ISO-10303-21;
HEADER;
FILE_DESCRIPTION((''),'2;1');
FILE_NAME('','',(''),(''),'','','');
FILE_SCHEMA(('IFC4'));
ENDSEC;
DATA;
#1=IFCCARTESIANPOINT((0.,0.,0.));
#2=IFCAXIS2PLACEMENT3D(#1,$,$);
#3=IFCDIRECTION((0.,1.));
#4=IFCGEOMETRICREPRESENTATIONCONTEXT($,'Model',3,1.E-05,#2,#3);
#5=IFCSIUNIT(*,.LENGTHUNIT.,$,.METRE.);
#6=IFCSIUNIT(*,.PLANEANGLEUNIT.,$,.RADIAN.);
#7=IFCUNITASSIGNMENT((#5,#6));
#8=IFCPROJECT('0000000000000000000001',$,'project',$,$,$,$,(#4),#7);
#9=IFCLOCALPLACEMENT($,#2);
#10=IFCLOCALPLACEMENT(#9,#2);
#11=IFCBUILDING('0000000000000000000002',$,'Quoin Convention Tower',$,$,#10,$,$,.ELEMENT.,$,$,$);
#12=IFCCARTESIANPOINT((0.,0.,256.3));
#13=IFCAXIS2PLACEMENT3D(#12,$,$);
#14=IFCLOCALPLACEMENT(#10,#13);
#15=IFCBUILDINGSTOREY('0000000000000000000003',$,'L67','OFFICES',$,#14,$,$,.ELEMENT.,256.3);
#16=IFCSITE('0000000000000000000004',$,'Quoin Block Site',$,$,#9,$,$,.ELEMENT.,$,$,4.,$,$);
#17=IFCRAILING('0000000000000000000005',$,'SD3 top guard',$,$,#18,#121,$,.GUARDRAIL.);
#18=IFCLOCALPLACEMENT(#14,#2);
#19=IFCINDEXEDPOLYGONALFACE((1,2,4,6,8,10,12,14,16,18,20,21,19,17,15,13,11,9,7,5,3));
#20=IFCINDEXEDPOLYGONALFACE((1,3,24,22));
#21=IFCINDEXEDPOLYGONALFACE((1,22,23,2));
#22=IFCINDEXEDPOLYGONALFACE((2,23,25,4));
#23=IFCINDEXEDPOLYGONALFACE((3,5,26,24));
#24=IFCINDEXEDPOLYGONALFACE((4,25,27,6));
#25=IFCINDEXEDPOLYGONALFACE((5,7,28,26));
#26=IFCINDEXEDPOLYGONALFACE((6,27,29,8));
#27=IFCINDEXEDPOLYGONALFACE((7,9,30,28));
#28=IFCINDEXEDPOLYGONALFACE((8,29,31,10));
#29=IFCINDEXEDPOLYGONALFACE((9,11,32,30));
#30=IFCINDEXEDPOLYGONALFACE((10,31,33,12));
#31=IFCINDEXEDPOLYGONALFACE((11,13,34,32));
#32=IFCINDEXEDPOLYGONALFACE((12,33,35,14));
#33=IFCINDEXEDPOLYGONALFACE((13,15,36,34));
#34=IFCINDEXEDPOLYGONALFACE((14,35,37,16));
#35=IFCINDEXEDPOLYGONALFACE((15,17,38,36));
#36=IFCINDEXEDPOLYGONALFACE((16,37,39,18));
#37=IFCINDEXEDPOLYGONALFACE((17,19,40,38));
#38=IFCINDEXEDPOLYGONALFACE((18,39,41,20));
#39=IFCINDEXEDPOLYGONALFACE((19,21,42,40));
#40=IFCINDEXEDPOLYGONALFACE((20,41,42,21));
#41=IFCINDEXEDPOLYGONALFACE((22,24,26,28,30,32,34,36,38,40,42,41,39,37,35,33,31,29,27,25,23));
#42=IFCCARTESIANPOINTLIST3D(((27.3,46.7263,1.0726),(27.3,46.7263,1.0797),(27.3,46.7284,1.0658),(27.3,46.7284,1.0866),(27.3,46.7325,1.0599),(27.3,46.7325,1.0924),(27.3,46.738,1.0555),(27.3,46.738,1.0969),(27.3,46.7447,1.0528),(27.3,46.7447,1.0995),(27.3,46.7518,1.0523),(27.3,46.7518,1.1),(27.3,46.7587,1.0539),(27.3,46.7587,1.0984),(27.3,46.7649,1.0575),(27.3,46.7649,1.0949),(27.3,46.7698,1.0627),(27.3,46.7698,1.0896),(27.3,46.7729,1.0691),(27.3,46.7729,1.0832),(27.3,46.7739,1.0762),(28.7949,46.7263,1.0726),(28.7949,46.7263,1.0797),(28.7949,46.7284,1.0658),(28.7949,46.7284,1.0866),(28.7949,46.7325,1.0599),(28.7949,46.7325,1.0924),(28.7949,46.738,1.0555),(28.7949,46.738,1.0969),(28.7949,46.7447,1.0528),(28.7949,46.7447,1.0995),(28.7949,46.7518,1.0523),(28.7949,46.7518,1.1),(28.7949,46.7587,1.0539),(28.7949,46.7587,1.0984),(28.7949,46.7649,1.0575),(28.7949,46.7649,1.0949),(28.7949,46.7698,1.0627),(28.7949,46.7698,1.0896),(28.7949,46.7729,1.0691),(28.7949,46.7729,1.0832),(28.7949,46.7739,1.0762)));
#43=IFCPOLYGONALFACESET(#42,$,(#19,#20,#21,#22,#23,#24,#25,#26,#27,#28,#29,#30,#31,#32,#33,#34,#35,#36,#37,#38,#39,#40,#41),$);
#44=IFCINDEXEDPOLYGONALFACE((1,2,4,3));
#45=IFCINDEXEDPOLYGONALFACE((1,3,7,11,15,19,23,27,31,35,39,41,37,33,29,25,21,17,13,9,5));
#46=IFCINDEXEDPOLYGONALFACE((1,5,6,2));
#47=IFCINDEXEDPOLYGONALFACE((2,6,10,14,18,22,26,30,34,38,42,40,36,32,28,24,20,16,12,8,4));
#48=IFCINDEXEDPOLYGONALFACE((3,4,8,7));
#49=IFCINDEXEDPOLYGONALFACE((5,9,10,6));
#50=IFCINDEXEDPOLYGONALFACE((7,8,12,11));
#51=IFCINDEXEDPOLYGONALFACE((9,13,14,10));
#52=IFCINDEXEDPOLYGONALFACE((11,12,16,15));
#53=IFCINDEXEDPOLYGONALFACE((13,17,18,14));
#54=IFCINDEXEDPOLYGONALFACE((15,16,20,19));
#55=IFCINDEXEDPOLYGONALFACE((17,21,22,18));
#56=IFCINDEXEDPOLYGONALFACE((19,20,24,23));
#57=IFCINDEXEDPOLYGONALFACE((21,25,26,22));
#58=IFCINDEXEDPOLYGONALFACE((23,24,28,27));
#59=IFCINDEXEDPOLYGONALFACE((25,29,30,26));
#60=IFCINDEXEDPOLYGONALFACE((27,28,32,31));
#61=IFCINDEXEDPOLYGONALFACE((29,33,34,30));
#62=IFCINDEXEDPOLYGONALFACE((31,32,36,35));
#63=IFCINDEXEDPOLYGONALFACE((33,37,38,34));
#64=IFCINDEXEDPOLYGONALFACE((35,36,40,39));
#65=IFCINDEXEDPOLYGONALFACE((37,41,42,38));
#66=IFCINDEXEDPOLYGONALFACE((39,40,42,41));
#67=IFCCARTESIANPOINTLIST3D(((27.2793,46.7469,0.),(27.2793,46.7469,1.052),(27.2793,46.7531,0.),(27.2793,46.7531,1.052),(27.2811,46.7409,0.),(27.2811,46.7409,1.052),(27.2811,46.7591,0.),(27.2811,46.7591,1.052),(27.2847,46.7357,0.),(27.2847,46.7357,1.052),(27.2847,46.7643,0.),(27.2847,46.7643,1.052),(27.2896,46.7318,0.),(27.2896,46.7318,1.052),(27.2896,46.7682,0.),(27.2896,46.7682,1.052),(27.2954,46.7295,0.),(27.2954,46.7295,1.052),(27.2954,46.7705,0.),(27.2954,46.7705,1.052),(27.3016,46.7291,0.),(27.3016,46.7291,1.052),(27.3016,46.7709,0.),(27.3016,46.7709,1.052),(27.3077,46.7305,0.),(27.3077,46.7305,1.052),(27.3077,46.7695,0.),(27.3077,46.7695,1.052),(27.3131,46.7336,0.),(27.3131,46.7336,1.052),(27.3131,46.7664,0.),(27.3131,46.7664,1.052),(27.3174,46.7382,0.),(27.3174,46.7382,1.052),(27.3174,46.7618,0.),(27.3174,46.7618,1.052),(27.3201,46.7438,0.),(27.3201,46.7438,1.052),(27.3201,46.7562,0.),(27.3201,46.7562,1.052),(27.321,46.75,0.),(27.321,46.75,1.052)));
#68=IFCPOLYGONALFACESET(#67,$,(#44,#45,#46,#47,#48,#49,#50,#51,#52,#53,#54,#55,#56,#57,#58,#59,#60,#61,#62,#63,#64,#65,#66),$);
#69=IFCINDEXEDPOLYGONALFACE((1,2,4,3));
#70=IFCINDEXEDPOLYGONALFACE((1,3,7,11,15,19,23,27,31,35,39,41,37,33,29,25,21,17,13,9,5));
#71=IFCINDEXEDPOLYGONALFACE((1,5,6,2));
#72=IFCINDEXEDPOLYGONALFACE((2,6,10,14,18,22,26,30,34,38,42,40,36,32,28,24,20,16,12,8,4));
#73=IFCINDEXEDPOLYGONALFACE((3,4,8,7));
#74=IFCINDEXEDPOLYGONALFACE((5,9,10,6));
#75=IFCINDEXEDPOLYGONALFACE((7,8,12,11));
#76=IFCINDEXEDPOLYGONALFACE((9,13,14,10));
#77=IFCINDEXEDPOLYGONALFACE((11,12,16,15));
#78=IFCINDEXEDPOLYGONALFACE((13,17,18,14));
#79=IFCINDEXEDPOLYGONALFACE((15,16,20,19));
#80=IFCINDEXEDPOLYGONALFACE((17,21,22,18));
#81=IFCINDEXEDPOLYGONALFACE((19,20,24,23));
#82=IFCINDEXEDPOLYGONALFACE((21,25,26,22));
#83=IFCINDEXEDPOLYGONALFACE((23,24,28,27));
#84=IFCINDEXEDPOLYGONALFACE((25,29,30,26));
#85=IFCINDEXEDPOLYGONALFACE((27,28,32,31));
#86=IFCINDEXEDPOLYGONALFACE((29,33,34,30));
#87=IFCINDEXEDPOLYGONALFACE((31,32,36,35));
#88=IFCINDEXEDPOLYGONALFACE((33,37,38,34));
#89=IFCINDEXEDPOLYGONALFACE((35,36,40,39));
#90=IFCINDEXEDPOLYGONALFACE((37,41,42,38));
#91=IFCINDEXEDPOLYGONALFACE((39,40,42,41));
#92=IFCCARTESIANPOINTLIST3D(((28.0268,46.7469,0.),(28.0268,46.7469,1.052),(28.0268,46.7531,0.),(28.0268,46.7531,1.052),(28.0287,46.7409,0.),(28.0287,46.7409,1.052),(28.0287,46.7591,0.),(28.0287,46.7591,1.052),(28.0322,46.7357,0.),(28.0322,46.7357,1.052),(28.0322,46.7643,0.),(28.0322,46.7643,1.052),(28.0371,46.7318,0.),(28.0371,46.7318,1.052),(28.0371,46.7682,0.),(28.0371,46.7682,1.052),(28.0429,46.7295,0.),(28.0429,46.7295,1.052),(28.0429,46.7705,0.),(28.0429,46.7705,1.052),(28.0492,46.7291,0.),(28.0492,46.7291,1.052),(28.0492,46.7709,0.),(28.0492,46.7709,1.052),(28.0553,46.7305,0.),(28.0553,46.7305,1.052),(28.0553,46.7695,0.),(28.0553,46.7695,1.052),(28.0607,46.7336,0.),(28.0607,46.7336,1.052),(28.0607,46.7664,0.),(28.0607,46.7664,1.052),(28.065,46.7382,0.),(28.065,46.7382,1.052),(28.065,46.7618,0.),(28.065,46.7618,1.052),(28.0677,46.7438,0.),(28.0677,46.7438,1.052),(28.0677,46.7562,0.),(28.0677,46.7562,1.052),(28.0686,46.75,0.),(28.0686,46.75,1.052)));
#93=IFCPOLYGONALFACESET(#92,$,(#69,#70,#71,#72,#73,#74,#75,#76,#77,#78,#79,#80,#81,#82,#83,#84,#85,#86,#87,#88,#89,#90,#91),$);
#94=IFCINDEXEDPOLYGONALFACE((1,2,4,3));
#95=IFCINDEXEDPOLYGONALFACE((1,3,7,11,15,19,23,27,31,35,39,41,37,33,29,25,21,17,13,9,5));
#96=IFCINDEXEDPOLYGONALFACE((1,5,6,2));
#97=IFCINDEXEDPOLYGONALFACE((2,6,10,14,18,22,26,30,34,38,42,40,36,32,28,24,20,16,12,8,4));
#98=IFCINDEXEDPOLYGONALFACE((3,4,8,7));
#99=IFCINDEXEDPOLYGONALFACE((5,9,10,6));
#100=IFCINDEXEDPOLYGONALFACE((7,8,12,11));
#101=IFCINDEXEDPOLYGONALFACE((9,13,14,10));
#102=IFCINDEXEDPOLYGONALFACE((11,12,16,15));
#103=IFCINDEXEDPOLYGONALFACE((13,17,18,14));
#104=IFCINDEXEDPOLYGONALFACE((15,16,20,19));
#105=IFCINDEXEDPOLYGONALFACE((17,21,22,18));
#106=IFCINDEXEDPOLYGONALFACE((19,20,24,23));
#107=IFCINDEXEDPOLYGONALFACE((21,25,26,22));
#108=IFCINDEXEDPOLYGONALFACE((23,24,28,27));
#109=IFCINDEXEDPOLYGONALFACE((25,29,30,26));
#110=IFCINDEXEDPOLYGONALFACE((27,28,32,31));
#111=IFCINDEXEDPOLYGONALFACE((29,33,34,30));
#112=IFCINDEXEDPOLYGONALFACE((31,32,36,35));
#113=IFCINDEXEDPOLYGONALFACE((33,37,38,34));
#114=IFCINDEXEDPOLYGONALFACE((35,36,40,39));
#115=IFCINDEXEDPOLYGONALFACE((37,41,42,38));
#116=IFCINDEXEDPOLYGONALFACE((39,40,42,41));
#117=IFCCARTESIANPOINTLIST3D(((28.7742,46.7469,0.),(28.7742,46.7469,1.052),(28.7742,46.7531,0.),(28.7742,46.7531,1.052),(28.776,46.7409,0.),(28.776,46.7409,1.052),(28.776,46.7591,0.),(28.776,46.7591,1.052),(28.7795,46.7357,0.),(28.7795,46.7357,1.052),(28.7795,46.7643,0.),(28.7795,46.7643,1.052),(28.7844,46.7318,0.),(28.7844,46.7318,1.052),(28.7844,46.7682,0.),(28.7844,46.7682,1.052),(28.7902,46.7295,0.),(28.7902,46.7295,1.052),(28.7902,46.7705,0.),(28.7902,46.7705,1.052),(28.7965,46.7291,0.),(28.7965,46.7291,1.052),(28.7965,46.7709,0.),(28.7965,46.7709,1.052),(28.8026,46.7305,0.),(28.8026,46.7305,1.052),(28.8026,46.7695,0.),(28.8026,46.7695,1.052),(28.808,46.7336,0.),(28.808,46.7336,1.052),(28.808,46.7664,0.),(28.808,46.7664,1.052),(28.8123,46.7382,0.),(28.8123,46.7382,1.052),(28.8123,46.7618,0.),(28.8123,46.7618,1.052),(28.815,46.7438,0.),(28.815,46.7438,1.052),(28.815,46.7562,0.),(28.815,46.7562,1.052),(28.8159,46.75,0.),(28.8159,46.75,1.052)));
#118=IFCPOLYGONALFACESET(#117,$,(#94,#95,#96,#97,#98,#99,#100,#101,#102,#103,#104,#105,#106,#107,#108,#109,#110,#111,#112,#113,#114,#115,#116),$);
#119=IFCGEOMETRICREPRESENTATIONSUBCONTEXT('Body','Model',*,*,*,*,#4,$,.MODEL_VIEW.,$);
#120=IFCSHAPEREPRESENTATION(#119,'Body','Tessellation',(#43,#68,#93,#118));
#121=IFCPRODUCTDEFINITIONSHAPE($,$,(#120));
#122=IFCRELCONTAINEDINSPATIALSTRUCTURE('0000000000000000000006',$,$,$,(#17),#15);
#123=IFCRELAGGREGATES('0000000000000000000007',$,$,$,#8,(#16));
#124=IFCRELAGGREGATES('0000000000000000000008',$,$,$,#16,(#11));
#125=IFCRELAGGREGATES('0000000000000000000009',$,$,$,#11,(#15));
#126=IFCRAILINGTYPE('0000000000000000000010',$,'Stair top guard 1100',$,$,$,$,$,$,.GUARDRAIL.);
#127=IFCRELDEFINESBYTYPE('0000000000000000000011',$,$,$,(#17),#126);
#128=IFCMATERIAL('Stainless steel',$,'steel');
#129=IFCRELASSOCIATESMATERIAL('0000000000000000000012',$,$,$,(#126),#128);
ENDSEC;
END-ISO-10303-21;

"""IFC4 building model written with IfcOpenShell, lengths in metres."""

from ifc_helpers import new_model, si_unit, direction, frame, origin, origin_2d, place, context, subcontext, project, spatial, circle, extrude, material, type_object, element, save


model = new_model("IFC4")

# Units and contexts
model_context = context("Model", 3, precision=1e-05, world=origin(), true_north=direction((0.0, 1.0)))
body_context = subcontext(model_context, "Body", "Model", "MODEL_VIEW")
ifc_project = project(units=[si_unit("LENGTHUNIT", "METRE"), si_unit("PLANEANGLEUNIT", "RADIAN")], contexts=[model_context])

# Site, building, storey
site_placement = place(None, origin())
site = spatial("IfcSite", under=ifc_project, at=site_placement, Name="Quoin Block Site", CompositionType="ELEMENT", RefElevation=4.0)
building_placement = place(site_placement, origin())
building = spatial("IfcBuilding", under=site, at=building_placement, Name="Quoin Convention Tower", CompositionType="ELEMENT")
storey_placement = place(building_placement, frame((0.0, 0.0, 256.3)))
storey = spatial("IfcBuildingStorey", under=building, at=storey_placement, Name="L67", Description="OFFICES", CompositionType="ELEMENT", Elevation=256.3)

# Railing
ifc_material_1 = material(Name="Stainless steel", Category="steel")
railing_type_1 = type_object("IfcRailingType", Name="Stair top guard 1100", PredefinedType="GUARDRAIL", material=ifc_material_1)
railing_1_placement = place(storey_placement, frame((27.3, 46.75, 0.0)))
element("IfcRailing", 1, at=railing_1_placement, inside=storey, type_object=railing_type_1, Name="SD3 top guard", PredefinedType="GUARDRAIL", context=body_context, shape_type="SweptSolid", body=[
    extrude(circle(Radius=0.0239, at=origin_2d()), frame((0.0, 0.0, 1.0762), z_axis=(1.0, 0.0, 0.0), x_axis=(0.0, 1.0, 0.0)), (0.0, 0.0, 1.0), 1.4949),
    extrude(circle(Radius=0.021, at=origin_2d()), origin(), (0.0, 0.0, 1.0), 1.052),
    extrude(circle(Radius=0.021, at=origin_2d()), frame((0.7476, 0.0, 0.0)), (0.0, 0.0, 1.0), 1.052),
    extrude(circle(Radius=0.021, at=origin_2d()), frame((1.4949, 0.0, 0.0)), (0.0, 0.0, 1.0), 1.052),
])

save(model, "model.ifc")
